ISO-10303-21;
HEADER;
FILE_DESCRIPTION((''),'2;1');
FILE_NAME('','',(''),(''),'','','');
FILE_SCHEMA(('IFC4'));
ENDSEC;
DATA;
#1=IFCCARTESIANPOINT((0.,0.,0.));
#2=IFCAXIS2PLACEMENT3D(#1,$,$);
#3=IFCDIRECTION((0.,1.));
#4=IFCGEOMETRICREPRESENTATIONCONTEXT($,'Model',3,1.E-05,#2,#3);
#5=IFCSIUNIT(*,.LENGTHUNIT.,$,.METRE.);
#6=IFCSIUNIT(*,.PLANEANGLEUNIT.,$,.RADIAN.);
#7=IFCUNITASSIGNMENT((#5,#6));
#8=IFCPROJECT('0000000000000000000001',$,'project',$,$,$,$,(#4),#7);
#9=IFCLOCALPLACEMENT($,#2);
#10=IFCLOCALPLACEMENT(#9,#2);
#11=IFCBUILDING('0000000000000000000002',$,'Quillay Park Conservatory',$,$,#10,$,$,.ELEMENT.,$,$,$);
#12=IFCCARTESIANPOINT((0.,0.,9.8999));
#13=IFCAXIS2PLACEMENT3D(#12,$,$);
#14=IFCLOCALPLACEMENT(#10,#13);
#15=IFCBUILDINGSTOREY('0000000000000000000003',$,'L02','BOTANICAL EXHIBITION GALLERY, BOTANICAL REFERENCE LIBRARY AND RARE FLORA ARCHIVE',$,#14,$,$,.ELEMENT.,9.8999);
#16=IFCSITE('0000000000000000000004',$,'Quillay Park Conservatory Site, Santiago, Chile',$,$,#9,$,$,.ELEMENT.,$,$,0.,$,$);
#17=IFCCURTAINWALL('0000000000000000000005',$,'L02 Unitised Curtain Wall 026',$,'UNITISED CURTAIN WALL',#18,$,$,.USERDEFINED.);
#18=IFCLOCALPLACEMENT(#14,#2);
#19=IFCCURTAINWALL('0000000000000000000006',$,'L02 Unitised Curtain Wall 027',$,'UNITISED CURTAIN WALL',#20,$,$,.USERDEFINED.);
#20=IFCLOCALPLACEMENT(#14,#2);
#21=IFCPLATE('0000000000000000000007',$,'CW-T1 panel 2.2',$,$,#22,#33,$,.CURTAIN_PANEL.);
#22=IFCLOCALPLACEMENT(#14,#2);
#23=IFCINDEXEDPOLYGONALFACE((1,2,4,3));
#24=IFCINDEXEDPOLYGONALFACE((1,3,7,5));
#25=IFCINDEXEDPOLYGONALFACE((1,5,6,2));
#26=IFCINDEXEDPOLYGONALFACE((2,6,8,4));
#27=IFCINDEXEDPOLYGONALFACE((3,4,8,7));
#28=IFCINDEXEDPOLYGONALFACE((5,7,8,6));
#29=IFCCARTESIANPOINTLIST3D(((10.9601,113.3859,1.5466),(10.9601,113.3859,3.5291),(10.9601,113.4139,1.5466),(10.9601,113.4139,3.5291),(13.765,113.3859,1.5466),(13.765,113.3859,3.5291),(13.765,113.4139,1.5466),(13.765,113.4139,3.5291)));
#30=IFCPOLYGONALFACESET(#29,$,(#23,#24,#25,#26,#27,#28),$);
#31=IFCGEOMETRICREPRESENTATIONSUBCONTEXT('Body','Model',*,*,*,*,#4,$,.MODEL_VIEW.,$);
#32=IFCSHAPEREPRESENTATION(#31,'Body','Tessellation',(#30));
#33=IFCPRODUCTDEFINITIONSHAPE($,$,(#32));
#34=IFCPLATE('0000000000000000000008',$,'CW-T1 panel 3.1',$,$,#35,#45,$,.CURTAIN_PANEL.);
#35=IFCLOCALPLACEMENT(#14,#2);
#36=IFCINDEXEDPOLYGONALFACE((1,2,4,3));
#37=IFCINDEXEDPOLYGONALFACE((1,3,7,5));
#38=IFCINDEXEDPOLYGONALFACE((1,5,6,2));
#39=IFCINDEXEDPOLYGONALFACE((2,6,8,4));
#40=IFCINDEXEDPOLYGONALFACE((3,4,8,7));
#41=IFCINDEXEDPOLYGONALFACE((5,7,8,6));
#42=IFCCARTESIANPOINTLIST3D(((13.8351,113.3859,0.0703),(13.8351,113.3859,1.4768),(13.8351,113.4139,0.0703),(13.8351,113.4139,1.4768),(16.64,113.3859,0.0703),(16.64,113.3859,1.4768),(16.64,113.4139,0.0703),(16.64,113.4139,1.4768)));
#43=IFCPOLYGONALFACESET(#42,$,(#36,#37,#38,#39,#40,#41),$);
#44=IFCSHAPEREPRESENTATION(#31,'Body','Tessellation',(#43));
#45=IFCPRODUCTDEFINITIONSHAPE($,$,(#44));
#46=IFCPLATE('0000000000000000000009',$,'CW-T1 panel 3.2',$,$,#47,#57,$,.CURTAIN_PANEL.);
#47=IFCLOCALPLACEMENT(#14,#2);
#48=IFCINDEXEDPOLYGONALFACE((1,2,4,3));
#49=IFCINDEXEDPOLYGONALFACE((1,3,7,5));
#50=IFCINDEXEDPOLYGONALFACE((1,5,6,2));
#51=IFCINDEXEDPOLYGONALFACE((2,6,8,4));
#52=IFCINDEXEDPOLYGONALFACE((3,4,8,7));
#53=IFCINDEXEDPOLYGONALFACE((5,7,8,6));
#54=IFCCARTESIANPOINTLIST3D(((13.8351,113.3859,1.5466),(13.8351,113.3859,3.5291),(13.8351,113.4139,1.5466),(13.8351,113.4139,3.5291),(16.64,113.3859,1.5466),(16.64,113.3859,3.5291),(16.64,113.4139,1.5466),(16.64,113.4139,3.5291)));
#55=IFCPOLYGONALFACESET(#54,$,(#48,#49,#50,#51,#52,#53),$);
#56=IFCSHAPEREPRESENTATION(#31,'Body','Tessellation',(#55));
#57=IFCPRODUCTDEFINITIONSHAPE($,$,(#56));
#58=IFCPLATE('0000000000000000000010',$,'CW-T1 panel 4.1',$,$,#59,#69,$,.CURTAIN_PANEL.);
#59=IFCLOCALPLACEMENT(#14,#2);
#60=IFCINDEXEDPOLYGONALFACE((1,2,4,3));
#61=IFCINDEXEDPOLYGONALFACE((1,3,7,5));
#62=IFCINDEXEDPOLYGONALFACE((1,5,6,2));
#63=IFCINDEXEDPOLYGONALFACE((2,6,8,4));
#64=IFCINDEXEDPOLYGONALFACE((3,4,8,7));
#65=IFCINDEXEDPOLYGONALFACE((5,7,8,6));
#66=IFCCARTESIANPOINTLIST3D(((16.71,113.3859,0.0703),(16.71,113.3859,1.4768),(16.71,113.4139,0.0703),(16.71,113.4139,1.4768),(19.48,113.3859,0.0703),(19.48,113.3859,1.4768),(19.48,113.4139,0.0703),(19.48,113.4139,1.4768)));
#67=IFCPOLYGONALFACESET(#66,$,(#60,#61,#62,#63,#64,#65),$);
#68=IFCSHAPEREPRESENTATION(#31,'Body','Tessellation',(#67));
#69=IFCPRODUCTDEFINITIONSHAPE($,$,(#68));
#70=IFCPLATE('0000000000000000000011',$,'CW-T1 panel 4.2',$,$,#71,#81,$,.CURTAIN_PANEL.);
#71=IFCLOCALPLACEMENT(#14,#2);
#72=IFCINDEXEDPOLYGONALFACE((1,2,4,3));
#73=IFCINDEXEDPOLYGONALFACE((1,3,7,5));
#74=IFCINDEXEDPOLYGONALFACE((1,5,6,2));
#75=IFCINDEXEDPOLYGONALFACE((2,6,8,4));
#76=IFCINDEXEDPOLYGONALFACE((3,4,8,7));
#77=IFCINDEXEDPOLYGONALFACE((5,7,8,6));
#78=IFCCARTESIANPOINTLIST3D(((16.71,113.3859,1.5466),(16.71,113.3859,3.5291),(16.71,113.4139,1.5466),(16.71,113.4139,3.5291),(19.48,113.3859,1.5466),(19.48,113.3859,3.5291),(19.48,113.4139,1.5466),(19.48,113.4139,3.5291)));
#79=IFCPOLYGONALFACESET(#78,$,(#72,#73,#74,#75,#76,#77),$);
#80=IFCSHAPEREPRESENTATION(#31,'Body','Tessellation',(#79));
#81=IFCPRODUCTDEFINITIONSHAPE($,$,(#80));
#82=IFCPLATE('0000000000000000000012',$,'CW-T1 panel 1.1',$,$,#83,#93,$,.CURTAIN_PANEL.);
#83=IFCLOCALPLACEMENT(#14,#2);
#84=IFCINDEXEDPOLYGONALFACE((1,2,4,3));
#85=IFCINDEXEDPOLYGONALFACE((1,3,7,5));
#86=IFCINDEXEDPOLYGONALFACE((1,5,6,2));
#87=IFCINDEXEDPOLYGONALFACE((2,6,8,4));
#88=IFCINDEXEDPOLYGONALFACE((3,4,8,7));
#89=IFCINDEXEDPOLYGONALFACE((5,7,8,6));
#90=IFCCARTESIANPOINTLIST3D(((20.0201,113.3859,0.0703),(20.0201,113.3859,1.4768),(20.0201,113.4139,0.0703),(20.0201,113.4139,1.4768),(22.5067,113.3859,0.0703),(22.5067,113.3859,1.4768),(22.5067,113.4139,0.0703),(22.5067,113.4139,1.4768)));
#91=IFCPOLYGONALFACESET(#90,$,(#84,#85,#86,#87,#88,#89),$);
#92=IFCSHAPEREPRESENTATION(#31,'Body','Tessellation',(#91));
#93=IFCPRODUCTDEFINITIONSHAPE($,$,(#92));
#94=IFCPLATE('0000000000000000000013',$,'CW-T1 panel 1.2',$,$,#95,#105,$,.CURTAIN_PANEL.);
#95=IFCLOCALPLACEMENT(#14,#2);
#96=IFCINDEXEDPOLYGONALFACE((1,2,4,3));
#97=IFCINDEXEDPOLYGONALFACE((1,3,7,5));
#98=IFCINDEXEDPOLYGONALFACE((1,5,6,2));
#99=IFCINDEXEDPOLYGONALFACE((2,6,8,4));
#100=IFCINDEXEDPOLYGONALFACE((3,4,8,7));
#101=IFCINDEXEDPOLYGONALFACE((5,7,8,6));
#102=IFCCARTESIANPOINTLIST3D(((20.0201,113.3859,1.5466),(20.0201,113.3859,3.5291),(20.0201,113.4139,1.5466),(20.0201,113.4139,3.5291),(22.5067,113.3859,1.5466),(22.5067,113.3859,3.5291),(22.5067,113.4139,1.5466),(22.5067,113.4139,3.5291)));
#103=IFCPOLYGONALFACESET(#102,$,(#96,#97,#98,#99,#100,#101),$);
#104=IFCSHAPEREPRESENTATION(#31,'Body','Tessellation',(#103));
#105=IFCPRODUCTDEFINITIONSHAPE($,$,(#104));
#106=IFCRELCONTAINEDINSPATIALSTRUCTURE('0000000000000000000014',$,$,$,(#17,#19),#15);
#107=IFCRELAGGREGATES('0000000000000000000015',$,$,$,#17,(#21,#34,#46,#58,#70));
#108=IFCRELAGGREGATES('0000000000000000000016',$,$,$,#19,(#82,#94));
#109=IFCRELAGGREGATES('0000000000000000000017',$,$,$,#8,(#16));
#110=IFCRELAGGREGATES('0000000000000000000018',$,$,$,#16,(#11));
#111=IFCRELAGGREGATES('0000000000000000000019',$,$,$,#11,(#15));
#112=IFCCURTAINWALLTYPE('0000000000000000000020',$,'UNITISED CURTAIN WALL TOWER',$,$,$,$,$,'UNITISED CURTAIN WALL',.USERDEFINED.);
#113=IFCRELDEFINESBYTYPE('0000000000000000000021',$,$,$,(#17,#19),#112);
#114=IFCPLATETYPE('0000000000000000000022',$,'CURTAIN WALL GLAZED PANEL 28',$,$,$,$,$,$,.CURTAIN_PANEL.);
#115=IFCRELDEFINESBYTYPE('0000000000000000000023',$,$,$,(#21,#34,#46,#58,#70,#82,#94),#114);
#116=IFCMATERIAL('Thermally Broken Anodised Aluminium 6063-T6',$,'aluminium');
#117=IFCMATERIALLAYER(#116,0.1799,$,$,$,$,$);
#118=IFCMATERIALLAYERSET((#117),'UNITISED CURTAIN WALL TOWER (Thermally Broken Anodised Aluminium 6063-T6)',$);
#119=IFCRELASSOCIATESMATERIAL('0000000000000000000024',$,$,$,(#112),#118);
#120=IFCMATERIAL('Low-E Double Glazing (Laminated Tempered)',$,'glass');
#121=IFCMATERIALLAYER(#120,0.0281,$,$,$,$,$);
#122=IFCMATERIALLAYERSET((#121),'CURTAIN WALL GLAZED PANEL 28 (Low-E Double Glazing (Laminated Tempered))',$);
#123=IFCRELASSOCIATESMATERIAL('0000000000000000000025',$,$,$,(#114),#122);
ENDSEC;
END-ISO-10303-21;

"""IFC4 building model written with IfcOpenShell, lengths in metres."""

from ifc_helpers import new_model, si_unit, direction, frame, origin, origin_2d, place, context, subcontext, project, spatial, rectangle, extrude, material, layer, layer_set, type_object, element, aggregate, save


model = new_model("IFC4")

# Units and contexts
model_context = context("Model", 3, precision=1e-05, world=origin(), true_north=direction((0.0, 1.0)))
body_context = subcontext(model_context, "Body", "Model", "MODEL_VIEW")
ifc_project = project(units=[si_unit("LENGTHUNIT", "METRE"), si_unit("PLANEANGLEUNIT", "RADIAN")], contexts=[model_context])

# Site, building, storey
site_placement = place(None, origin())
site = spatial("IfcSite", under=ifc_project, at=site_placement, Name="Quillay Park Conservatory Site, Santiago, Chile", CompositionType="ELEMENT", RefElevation=0.0)
building_placement = place(site_placement, origin())
building = spatial("IfcBuilding", under=site, at=building_placement, Name="Quillay Park Conservatory", CompositionType="ELEMENT")
storey_placement = place(building_placement, frame((0.0, 0.0, 9.8999)))
storey = spatial("IfcBuildingStorey", under=building, at=storey_placement, Name="L02", Description="BOTANICAL EXHIBITION GALLERY, BOTANICAL REFERENCE LIBRARY AND RARE FLORA ARCHIVE", CompositionType="ELEMENT", Elevation=9.8999)

# Curtain wall
ifc_material_1 = material(Name="Thermally Broken Anodised Aluminium 6063-T6", Category="aluminium")
ifc_layer_1 = layer(ifc_material_1, 0.1799)
ifc_layer_set_1 = layer_set([ifc_layer_1], Name="UNITISED CURTAIN WALL TOWER (Thermally Broken Anodised Aluminium 6063-T6)")
curtain_wall_type = type_object("IfcCurtainWallType", Name="UNITISED CURTAIN WALL TOWER", ElementType="UNITISED CURTAIN WALL", PredefinedType="USERDEFINED", material=ifc_layer_set_1)
curtain_wall_1_placement = place(storey_placement, origin())
curtain_wall_1 = element("IfcCurtainWall", 1, at=curtain_wall_1_placement, inside=storey, type_object=curtain_wall_type, Name="L02 Unitised Curtain Wall 026", ObjectType="UNITISED CURTAIN WALL", PredefinedType="USERDEFINED")

# Curtain wall
curtain_wall_2_placement = place(storey_placement, origin())
curtain_wall_2 = element("IfcCurtainWall", 2, at=curtain_wall_2_placement, inside=storey, type_object=curtain_wall_type, Name="L02 Unitised Curtain Wall 027", ObjectType="UNITISED CURTAIN WALL", PredefinedType="USERDEFINED")

# Plates
ifc_material_2 = material(Name="Low-E Double Glazing (Laminated Tempered)", Category="glass")
ifc_layer_2 = layer(ifc_material_2, 0.0281)
ifc_layer_set_2 = layer_set([ifc_layer_2], Name="CURTAIN WALL GLAZED PANEL 28 (Low-E Double Glazing (Laminated Tempered))")
plate_type = type_object("IfcPlateType", Name="CURTAIN WALL GLAZED PANEL 28", PredefinedType="CURTAIN_PANEL", material=ifc_layer_set_2)
plate_1_placement = place(storey_placement, frame((12.3625, 113.3999, 1.5466), z_axis=(0.0, 0.0, 1.0), x_axis=(1.0, 0.0, 0.0)))
plate_1 = element("IfcPlate", 3, at=plate_1_placement, type_object=plate_type, Name="CW-T1 panel 2.2", PredefinedType="CURTAIN_PANEL", context=body_context, shape_type="SweptSolid", body=[
    extrude(rectangle(XDim=2.8049, YDim=0.0281, at=origin_2d()), origin(), (0.0, 0.0, 1.0), 1.9824),
])
plate_2_placement = place(storey_placement, frame((15.2375, 113.3999, 0.0703), z_axis=(0.0, 0.0, 1.0), x_axis=(1.0, 0.0, 0.0)))
plate_2 = element("IfcPlate", 4, at=plate_2_placement, type_object=plate_type, Name="CW-T1 panel 3.1", PredefinedType="CURTAIN_PANEL", context=body_context, shape_type="SweptSolid", body=[
    extrude(rectangle(XDim=2.8049, YDim=0.0281, at=origin_2d()), origin(), (0.0, 0.0, 1.0), 1.4065),
])
plate_3_placement = place(storey_placement, frame((15.2375, 113.3999, 1.5466), z_axis=(0.0, 0.0, 1.0), x_axis=(1.0, 0.0, 0.0)))
plate_3 = element("IfcPlate", 5, at=plate_3_placement, type_object=plate_type, Name="CW-T1 panel 3.2", PredefinedType="CURTAIN_PANEL", context=body_context, shape_type="SweptSolid", body=[
    extrude(rectangle(XDim=2.8049, YDim=0.0281, at=origin_2d()), origin(), (0.0, 0.0, 1.0), 1.9824),
])
plate_4_placement = place(storey_placement, frame((18.095, 113.3999, 0.0703), z_axis=(0.0, 0.0, 1.0), x_axis=(1.0, 0.0, 0.0)))
plate_4 = element("IfcPlate", 6, at=plate_4_placement, type_object=plate_type, Name="CW-T1 panel 4.1", PredefinedType="CURTAIN_PANEL", context=body_context, shape_type="SweptSolid", body=[
    extrude(rectangle(XDim=2.77, YDim=0.0281, at=origin_2d()), origin(), (0.0, 0.0, 1.0), 1.4065),
])
plate_5_placement = place(storey_placement, frame((18.095, 113.3999, 1.5466), z_axis=(0.0, 0.0, 1.0), x_axis=(1.0, 0.0, 0.0)))
plate_5 = element("IfcPlate", 7, at=plate_5_placement, type_object=plate_type, Name="CW-T1 panel 4.2", PredefinedType="CURTAIN_PANEL", context=body_context, shape_type="SweptSolid", body=[
    extrude(rectangle(XDim=2.77, YDim=0.0281, at=origin_2d()), origin(), (0.0, 0.0, 1.0), 1.9824),
])
aggregate(curtain_wall_1, [plate_1, plate_2, plate_3, plate_4, plate_5])
plate_6_placement = place(storey_placement, frame((21.2634, 113.3999, 0.0703), z_axis=(0.0, 0.0, 1.0), x_axis=(1.0, 0.0, 0.0)))
plate_6 = element("IfcPlate", 8, at=plate_6_placement, type_object=plate_type, Name="CW-T1 panel 1.1", PredefinedType="CURTAIN_PANEL", context=body_context, shape_type="SweptSolid", body=[
    extrude(rectangle(XDim=2.4866, YDim=0.0281, at=origin_2d()), origin(), (0.0, 0.0, 1.0), 1.4065),
])
plate_7_placement = place(storey_placement, frame((21.2634, 113.3999, 1.5466), z_axis=(0.0, 0.0, 1.0), x_axis=(1.0, 0.0, 0.0)))
plate_7 = element("IfcPlate", 9, at=plate_7_placement, type_object=plate_type, Name="CW-T1 panel 1.2", PredefinedType="CURTAIN_PANEL", context=body_context, shape_type="SweptSolid", body=[
    extrude(rectangle(XDim=2.4866, YDim=0.0281, at=origin_2d()), origin(), (0.0, 0.0, 1.0), 1.9824),
])
aggregate(curtain_wall_2, [plate_6, plate_7])

save(model, "model.ifc")
